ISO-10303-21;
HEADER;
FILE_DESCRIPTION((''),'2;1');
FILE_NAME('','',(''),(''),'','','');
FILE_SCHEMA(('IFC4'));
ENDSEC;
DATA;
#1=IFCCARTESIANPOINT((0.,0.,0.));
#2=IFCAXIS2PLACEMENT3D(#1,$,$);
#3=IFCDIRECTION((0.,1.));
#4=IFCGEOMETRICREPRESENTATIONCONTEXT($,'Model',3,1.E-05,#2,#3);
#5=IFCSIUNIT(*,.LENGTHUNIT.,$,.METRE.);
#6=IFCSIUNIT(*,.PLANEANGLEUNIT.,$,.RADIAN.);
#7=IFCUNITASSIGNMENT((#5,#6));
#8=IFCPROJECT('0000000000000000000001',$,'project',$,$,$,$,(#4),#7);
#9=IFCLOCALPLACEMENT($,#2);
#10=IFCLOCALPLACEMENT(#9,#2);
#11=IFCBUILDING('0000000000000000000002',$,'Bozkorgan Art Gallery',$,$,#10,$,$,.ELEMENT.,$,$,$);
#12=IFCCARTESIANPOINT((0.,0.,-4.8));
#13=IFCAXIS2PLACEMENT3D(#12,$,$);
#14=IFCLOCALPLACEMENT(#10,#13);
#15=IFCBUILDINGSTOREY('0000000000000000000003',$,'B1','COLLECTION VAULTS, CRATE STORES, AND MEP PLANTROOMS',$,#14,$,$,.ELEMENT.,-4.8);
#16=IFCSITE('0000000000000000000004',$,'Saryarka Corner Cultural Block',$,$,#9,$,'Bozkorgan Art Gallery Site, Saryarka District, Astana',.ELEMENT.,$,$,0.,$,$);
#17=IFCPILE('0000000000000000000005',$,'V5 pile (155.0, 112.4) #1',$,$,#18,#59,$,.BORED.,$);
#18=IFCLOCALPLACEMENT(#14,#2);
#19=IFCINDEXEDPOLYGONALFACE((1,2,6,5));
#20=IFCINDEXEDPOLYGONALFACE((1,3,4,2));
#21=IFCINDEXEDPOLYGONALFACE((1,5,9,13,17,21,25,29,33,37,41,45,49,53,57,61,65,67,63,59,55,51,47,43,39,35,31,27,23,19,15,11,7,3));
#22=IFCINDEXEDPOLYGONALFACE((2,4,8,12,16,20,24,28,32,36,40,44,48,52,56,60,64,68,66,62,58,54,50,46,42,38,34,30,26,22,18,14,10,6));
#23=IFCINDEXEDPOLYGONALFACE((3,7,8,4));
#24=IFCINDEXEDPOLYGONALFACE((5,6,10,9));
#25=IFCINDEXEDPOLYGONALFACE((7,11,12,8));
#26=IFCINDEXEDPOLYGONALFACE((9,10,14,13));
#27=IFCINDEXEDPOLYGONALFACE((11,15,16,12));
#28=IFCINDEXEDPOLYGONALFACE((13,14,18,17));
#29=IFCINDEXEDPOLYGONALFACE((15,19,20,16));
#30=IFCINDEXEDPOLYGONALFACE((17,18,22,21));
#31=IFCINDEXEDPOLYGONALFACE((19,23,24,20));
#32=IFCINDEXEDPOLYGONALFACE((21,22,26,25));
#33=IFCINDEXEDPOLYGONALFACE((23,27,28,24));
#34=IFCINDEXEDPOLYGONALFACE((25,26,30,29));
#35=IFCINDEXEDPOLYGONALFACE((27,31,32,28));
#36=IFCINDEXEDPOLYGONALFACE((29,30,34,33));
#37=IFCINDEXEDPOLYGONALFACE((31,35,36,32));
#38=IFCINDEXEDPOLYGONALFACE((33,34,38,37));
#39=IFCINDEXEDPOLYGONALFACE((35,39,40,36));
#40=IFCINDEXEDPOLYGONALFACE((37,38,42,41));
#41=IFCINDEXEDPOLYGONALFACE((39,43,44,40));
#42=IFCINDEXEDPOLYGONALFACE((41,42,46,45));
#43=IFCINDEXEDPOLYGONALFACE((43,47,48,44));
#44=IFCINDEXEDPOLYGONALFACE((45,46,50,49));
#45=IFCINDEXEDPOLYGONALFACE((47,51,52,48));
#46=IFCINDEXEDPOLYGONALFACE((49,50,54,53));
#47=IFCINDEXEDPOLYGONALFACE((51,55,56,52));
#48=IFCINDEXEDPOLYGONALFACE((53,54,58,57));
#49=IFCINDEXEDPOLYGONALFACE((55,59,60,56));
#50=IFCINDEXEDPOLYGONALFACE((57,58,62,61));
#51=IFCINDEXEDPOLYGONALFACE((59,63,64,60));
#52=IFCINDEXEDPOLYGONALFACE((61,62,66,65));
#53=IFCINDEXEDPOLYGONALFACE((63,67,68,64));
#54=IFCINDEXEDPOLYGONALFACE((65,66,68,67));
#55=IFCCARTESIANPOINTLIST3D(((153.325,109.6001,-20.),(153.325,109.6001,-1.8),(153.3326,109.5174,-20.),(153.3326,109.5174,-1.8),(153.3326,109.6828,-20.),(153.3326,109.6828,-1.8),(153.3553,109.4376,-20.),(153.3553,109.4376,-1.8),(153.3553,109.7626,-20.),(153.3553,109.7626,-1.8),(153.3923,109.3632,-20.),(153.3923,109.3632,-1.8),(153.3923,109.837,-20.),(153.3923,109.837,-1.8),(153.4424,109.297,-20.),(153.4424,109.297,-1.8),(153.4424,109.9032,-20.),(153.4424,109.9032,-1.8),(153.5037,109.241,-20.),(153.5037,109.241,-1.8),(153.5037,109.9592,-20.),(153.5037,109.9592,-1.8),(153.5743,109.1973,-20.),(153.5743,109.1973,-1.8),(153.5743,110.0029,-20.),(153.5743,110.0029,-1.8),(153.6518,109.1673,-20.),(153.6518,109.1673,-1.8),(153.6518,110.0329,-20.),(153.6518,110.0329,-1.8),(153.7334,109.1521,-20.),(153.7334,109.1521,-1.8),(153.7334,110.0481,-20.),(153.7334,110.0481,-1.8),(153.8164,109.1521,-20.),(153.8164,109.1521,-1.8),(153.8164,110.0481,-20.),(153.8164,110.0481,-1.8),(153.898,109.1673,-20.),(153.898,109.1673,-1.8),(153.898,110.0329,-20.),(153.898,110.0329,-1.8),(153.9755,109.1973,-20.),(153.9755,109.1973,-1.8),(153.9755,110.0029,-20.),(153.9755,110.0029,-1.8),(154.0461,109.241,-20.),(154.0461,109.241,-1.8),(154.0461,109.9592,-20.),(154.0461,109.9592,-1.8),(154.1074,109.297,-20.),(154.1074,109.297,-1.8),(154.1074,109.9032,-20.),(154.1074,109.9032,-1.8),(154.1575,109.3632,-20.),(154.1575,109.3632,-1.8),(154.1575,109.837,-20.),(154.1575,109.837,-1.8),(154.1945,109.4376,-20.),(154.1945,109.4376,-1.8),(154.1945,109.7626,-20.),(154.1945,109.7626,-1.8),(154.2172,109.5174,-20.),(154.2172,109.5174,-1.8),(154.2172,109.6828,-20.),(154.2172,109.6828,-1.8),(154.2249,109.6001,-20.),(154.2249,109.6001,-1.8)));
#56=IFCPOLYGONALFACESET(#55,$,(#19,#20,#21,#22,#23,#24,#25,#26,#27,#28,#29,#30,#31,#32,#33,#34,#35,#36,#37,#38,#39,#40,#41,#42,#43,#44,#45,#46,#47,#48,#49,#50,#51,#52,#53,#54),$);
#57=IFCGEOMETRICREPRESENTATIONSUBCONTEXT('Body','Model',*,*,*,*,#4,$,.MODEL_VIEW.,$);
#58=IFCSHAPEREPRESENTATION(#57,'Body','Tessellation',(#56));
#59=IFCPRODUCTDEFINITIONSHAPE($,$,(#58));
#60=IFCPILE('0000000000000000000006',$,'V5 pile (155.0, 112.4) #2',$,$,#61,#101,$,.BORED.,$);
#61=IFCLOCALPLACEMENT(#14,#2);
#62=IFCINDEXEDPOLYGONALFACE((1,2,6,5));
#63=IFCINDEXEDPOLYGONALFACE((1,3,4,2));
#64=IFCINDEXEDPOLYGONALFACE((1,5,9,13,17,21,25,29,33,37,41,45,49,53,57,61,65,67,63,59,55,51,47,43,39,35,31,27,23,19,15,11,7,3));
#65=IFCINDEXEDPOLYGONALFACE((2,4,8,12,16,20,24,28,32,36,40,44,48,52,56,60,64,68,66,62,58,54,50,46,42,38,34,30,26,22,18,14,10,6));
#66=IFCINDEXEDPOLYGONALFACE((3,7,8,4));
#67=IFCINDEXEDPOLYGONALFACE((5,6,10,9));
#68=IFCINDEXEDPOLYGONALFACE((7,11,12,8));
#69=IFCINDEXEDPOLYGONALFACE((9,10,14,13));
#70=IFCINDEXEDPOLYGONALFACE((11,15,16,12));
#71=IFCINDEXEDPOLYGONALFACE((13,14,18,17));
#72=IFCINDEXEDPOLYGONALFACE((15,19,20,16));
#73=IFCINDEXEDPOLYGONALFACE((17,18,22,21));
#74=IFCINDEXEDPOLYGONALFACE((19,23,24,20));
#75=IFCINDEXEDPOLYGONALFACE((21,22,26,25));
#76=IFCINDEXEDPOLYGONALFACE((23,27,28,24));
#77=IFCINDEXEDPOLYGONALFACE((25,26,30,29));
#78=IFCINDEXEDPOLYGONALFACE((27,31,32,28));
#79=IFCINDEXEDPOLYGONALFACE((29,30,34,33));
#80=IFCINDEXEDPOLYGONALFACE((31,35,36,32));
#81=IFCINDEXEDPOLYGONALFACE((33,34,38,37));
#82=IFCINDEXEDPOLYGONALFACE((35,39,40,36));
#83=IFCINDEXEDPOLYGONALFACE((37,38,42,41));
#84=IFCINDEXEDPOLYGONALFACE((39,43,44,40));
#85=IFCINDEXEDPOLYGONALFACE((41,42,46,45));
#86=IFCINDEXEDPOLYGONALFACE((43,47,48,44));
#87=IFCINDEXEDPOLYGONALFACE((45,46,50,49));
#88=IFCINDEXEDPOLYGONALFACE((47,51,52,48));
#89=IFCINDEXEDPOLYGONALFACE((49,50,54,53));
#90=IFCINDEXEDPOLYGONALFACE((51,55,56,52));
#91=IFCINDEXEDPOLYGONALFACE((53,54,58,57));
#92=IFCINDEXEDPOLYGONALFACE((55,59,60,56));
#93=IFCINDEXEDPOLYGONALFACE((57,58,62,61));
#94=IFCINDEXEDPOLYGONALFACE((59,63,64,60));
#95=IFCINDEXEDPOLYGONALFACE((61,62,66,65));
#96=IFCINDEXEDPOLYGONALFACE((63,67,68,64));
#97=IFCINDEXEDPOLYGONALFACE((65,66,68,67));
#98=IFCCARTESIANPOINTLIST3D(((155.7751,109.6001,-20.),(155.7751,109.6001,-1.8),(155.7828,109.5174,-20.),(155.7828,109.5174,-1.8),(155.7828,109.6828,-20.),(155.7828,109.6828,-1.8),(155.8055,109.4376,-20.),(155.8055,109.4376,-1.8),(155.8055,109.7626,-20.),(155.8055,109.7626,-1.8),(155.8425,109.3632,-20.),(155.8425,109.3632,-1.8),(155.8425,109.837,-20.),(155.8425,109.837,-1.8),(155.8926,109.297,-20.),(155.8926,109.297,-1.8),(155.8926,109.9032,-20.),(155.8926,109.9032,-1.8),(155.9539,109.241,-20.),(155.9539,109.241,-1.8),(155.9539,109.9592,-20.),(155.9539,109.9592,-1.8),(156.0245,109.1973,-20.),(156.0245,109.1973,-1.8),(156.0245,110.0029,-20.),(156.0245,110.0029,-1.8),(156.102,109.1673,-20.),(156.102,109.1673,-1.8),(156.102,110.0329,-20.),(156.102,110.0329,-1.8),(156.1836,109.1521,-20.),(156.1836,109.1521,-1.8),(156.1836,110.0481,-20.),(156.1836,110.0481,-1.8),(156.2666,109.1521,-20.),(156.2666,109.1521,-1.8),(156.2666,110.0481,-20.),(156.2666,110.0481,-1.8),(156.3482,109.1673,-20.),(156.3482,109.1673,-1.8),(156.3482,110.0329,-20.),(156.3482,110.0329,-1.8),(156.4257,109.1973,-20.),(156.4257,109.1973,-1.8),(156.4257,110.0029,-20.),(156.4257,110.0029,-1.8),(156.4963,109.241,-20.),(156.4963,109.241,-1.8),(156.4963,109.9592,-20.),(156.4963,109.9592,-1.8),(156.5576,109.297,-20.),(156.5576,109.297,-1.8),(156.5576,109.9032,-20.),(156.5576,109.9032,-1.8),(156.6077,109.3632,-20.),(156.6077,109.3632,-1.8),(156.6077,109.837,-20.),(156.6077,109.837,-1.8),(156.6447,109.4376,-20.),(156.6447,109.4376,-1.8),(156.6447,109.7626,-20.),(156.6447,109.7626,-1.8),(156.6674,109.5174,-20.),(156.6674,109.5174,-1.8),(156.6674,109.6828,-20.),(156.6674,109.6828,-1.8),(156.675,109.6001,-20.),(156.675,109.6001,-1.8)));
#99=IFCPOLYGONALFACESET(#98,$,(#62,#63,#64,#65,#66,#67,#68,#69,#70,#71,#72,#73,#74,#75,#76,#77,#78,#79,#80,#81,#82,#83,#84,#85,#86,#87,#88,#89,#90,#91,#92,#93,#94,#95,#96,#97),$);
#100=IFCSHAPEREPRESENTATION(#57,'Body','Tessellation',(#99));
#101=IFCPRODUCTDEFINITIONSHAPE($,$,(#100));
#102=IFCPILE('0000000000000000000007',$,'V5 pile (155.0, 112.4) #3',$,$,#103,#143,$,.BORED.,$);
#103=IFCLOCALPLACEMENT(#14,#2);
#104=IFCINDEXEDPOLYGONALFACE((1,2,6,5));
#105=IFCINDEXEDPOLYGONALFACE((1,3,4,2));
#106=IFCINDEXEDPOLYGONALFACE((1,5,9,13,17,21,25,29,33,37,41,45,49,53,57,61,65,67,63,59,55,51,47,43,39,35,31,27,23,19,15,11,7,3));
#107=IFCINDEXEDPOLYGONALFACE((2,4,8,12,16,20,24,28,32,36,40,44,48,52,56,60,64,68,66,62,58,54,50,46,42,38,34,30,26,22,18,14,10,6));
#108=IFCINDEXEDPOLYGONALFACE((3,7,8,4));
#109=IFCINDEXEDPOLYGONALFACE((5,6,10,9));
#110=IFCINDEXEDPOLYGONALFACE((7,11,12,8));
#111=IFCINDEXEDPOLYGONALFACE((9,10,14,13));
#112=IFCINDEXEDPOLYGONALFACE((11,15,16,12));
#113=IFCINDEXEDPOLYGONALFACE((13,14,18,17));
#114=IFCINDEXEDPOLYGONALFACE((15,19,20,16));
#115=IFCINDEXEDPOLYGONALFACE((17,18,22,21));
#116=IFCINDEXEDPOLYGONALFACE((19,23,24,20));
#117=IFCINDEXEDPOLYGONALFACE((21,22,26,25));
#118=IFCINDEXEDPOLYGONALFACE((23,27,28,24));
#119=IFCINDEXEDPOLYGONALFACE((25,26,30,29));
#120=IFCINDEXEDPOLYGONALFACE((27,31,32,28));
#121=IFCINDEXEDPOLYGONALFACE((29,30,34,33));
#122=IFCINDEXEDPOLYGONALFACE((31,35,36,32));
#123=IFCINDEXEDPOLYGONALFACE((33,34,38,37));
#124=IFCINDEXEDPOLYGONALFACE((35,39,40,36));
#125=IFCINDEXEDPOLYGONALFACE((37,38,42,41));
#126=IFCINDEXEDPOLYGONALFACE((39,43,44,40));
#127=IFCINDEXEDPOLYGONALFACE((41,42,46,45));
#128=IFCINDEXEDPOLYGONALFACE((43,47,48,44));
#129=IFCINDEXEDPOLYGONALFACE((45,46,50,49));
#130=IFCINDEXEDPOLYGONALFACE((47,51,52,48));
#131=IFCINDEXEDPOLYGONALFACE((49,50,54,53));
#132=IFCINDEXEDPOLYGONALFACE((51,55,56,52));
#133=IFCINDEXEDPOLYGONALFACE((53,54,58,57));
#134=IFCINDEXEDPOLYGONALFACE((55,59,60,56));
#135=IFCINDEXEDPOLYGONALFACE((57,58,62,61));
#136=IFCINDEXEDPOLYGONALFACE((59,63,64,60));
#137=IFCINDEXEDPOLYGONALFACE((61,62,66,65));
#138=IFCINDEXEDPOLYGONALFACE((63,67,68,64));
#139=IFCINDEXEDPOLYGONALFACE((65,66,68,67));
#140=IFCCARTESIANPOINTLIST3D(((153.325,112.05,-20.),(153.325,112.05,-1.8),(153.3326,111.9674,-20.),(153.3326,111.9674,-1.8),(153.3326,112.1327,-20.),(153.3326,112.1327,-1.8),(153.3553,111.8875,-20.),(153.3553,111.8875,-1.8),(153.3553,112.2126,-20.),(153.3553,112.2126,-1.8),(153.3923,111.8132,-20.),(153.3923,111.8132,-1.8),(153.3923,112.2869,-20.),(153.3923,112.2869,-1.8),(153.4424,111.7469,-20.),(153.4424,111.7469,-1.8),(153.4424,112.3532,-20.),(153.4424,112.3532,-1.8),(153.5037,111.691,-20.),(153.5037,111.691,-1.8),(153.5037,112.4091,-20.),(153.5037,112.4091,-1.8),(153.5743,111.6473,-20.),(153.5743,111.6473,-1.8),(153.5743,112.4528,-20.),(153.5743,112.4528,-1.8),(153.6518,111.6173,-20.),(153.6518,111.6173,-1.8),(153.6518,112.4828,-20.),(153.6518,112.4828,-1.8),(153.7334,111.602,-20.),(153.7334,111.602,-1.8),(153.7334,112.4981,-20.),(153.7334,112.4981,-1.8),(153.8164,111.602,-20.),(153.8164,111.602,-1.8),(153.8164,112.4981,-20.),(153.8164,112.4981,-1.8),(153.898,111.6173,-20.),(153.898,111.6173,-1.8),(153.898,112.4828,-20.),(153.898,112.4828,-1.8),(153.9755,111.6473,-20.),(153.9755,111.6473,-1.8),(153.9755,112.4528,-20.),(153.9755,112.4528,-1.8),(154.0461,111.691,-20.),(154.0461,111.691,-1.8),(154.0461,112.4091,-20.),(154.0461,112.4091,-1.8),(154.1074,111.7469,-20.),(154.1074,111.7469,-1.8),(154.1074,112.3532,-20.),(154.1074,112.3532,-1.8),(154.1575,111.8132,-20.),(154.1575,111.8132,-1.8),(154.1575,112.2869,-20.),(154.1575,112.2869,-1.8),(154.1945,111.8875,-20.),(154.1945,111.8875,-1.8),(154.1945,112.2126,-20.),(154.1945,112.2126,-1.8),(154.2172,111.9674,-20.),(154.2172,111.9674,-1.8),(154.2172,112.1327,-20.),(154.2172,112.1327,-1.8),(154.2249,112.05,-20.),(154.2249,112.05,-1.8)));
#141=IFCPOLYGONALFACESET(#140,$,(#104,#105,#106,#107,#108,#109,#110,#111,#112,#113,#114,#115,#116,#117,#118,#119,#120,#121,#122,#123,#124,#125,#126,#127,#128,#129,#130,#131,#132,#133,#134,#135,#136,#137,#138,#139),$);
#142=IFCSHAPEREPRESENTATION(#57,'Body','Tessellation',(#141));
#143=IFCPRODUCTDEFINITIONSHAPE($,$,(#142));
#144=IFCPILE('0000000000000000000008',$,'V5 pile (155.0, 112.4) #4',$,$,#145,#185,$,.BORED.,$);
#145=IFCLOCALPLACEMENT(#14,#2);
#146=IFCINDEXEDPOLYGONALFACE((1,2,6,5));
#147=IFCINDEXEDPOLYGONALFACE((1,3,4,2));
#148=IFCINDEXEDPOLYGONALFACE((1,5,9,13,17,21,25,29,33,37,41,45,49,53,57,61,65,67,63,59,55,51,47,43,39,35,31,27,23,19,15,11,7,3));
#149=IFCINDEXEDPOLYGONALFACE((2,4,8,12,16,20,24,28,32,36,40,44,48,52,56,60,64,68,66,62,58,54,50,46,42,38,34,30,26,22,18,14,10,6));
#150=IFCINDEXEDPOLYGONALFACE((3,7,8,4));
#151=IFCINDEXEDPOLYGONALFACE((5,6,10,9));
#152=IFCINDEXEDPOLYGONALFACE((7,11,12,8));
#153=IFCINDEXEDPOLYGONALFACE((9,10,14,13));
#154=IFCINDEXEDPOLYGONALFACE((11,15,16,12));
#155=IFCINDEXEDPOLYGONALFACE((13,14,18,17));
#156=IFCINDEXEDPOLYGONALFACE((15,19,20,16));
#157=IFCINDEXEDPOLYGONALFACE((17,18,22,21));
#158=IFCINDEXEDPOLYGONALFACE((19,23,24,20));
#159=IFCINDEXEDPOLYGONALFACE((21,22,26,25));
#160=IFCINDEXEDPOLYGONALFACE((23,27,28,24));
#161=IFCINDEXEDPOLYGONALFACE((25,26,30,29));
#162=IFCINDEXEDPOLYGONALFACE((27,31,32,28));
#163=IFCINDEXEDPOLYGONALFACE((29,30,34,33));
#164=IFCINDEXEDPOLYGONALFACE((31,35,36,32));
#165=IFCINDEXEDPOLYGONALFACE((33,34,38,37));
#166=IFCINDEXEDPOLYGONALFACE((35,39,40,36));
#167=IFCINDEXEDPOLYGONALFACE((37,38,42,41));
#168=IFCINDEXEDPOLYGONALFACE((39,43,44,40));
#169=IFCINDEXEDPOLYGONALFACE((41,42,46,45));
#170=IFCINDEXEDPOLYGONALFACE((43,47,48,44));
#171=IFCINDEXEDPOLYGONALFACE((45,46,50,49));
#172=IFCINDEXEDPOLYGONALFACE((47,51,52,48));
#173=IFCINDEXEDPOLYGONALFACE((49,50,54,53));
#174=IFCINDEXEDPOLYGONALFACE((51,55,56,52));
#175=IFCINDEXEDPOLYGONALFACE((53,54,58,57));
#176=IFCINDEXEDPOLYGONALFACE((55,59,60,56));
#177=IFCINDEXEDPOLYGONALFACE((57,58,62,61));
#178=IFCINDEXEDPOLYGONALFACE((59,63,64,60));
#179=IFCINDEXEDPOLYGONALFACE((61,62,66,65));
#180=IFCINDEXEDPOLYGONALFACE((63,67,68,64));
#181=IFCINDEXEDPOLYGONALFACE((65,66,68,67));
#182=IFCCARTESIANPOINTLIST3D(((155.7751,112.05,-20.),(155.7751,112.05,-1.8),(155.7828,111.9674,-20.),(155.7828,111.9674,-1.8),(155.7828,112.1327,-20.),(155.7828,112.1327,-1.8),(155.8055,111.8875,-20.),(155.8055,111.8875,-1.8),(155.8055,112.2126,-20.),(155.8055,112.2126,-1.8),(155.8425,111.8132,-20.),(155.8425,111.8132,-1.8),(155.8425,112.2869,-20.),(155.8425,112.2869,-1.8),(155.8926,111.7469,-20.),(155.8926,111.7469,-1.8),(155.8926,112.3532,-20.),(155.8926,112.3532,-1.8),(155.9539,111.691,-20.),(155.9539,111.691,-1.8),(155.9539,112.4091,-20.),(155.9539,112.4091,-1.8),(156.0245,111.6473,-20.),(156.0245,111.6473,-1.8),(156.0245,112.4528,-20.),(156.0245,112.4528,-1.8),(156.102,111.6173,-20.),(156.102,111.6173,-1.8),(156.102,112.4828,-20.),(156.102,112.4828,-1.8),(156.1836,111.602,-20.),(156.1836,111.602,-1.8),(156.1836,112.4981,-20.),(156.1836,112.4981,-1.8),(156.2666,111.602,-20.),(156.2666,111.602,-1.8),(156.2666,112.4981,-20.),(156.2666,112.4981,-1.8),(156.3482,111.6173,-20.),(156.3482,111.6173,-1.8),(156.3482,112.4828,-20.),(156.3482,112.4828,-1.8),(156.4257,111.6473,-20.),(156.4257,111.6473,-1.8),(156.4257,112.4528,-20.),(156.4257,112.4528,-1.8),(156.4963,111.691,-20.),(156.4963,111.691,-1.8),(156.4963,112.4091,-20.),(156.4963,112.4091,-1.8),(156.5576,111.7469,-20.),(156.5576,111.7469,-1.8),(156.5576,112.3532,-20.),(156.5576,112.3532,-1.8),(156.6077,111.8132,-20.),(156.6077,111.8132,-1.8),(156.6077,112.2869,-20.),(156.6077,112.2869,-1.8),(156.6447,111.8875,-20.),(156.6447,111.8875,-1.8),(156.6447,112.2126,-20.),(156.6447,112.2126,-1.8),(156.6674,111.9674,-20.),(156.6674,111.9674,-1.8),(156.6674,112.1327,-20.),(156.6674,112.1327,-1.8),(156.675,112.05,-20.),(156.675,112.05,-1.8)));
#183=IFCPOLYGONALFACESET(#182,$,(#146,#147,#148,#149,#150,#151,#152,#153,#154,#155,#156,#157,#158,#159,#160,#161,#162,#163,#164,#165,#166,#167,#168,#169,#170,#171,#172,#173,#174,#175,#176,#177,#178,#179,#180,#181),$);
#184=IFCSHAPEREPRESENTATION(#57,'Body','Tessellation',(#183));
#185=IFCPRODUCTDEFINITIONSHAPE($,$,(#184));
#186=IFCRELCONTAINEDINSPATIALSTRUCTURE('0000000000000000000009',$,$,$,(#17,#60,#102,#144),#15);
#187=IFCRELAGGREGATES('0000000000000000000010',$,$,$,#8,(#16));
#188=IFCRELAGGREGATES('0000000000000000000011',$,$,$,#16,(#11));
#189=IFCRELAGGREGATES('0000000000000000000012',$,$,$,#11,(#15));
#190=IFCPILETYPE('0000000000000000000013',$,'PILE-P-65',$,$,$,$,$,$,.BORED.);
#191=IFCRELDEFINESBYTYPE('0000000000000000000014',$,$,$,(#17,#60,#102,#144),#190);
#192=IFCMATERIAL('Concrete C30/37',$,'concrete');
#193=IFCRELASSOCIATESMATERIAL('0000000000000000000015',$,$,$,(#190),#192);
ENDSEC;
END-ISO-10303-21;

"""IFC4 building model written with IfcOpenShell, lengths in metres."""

from ifc_helpers import new_model, si_unit, direction, frame, origin, origin_2d, place, context, subcontext, project, spatial, circle, extrude, material, material_profile, profile_set, type_object, element, save


model = new_model("IFC4")

# Units and contexts
model_context = context("Model", 3, precision=1e-05, world=origin(), true_north=direction((0.0, 1.0)))
body_context = subcontext(model_context, "Body", "Model", "MODEL_VIEW")
ifc_project = project(units=[si_unit("LENGTHUNIT", "METRE"), si_unit("PLANEANGLEUNIT", "RADIAN")], contexts=[model_context])

# Site, building, storey
site_placement = place(None, origin())
site = spatial("IfcSite", under=ifc_project, at=site_placement, Name="Saryarka Corner Cultural Block", LongName="Bozkorgan Art Gallery Site, Saryarka District, Astana", CompositionType="ELEMENT", RefElevation=0.0)
building_placement = place(site_placement, origin())
building = spatial("IfcBuilding", under=site, at=building_placement, Name="Bozkorgan Art Gallery", CompositionType="ELEMENT")
storey_placement = place(building_placement, frame((0.0, 0.0, -4.8)))
storey = spatial("IfcBuildingStorey", under=building, at=storey_placement, Name="B1", Description="COLLECTION VAULTS, CRATE STORES, AND MEP PLANTROOMS", CompositionType="ELEMENT", Elevation=-4.8)

# Shared definitions
ifc_material_1 = material(Name="Concrete C30/37", Category="concrete")

# Piles
ifc_material_profile_1 = material_profile(ifc_material_1, circle(Radius=0.45, at=origin_2d()), Name="PILE D900")
ifc_profile_set_1 = profile_set([ifc_material_profile_1], Name="Concrete C30/37")
pile_type = type_object("IfcPileType", Name="PILE-P-65", PredefinedType="BORED", material=ifc_profile_set_1)
for number, where, z_axis, x_axis, name in (
    (1, (153.7749, 109.6001, -1.8), (0.0, 0.0, -1.0), (1.0, 0.0, 0.0), "V5 pile (155.0, 112.4) #1"),
    (2, (156.2251, 109.6001, -1.8), (0.0, 0.0, -1.0), (1.0, 0.0, 0.0), "V5 pile (155.0, 112.4) #2"),
    (3, (153.7749, 112.05, -1.8), (0.0, 0.0, -1.0), (1.0, 0.0, 0.0), "V5 pile (155.0, 112.4) #3"),
    (4, (156.2251, 112.05, -1.8), (0.0, 0.0, -1.0), (1.0, 0.0, 0.0), "V5 pile (155.0, 112.4) #4"),
):
    element("IfcPile", number, at=place(storey_placement, frame(where, z_axis=z_axis, x_axis=x_axis)), inside=storey, type_object=pile_type, Name=name, PredefinedType="BORED", context=body_context, shape_type="SweptSolid", body=[
        extrude(circle(Radius=0.45, at=origin_2d()), origin(), (0.0, 0.0, 1.0), 18.2),
    ])

save(model, "model.ifc")
